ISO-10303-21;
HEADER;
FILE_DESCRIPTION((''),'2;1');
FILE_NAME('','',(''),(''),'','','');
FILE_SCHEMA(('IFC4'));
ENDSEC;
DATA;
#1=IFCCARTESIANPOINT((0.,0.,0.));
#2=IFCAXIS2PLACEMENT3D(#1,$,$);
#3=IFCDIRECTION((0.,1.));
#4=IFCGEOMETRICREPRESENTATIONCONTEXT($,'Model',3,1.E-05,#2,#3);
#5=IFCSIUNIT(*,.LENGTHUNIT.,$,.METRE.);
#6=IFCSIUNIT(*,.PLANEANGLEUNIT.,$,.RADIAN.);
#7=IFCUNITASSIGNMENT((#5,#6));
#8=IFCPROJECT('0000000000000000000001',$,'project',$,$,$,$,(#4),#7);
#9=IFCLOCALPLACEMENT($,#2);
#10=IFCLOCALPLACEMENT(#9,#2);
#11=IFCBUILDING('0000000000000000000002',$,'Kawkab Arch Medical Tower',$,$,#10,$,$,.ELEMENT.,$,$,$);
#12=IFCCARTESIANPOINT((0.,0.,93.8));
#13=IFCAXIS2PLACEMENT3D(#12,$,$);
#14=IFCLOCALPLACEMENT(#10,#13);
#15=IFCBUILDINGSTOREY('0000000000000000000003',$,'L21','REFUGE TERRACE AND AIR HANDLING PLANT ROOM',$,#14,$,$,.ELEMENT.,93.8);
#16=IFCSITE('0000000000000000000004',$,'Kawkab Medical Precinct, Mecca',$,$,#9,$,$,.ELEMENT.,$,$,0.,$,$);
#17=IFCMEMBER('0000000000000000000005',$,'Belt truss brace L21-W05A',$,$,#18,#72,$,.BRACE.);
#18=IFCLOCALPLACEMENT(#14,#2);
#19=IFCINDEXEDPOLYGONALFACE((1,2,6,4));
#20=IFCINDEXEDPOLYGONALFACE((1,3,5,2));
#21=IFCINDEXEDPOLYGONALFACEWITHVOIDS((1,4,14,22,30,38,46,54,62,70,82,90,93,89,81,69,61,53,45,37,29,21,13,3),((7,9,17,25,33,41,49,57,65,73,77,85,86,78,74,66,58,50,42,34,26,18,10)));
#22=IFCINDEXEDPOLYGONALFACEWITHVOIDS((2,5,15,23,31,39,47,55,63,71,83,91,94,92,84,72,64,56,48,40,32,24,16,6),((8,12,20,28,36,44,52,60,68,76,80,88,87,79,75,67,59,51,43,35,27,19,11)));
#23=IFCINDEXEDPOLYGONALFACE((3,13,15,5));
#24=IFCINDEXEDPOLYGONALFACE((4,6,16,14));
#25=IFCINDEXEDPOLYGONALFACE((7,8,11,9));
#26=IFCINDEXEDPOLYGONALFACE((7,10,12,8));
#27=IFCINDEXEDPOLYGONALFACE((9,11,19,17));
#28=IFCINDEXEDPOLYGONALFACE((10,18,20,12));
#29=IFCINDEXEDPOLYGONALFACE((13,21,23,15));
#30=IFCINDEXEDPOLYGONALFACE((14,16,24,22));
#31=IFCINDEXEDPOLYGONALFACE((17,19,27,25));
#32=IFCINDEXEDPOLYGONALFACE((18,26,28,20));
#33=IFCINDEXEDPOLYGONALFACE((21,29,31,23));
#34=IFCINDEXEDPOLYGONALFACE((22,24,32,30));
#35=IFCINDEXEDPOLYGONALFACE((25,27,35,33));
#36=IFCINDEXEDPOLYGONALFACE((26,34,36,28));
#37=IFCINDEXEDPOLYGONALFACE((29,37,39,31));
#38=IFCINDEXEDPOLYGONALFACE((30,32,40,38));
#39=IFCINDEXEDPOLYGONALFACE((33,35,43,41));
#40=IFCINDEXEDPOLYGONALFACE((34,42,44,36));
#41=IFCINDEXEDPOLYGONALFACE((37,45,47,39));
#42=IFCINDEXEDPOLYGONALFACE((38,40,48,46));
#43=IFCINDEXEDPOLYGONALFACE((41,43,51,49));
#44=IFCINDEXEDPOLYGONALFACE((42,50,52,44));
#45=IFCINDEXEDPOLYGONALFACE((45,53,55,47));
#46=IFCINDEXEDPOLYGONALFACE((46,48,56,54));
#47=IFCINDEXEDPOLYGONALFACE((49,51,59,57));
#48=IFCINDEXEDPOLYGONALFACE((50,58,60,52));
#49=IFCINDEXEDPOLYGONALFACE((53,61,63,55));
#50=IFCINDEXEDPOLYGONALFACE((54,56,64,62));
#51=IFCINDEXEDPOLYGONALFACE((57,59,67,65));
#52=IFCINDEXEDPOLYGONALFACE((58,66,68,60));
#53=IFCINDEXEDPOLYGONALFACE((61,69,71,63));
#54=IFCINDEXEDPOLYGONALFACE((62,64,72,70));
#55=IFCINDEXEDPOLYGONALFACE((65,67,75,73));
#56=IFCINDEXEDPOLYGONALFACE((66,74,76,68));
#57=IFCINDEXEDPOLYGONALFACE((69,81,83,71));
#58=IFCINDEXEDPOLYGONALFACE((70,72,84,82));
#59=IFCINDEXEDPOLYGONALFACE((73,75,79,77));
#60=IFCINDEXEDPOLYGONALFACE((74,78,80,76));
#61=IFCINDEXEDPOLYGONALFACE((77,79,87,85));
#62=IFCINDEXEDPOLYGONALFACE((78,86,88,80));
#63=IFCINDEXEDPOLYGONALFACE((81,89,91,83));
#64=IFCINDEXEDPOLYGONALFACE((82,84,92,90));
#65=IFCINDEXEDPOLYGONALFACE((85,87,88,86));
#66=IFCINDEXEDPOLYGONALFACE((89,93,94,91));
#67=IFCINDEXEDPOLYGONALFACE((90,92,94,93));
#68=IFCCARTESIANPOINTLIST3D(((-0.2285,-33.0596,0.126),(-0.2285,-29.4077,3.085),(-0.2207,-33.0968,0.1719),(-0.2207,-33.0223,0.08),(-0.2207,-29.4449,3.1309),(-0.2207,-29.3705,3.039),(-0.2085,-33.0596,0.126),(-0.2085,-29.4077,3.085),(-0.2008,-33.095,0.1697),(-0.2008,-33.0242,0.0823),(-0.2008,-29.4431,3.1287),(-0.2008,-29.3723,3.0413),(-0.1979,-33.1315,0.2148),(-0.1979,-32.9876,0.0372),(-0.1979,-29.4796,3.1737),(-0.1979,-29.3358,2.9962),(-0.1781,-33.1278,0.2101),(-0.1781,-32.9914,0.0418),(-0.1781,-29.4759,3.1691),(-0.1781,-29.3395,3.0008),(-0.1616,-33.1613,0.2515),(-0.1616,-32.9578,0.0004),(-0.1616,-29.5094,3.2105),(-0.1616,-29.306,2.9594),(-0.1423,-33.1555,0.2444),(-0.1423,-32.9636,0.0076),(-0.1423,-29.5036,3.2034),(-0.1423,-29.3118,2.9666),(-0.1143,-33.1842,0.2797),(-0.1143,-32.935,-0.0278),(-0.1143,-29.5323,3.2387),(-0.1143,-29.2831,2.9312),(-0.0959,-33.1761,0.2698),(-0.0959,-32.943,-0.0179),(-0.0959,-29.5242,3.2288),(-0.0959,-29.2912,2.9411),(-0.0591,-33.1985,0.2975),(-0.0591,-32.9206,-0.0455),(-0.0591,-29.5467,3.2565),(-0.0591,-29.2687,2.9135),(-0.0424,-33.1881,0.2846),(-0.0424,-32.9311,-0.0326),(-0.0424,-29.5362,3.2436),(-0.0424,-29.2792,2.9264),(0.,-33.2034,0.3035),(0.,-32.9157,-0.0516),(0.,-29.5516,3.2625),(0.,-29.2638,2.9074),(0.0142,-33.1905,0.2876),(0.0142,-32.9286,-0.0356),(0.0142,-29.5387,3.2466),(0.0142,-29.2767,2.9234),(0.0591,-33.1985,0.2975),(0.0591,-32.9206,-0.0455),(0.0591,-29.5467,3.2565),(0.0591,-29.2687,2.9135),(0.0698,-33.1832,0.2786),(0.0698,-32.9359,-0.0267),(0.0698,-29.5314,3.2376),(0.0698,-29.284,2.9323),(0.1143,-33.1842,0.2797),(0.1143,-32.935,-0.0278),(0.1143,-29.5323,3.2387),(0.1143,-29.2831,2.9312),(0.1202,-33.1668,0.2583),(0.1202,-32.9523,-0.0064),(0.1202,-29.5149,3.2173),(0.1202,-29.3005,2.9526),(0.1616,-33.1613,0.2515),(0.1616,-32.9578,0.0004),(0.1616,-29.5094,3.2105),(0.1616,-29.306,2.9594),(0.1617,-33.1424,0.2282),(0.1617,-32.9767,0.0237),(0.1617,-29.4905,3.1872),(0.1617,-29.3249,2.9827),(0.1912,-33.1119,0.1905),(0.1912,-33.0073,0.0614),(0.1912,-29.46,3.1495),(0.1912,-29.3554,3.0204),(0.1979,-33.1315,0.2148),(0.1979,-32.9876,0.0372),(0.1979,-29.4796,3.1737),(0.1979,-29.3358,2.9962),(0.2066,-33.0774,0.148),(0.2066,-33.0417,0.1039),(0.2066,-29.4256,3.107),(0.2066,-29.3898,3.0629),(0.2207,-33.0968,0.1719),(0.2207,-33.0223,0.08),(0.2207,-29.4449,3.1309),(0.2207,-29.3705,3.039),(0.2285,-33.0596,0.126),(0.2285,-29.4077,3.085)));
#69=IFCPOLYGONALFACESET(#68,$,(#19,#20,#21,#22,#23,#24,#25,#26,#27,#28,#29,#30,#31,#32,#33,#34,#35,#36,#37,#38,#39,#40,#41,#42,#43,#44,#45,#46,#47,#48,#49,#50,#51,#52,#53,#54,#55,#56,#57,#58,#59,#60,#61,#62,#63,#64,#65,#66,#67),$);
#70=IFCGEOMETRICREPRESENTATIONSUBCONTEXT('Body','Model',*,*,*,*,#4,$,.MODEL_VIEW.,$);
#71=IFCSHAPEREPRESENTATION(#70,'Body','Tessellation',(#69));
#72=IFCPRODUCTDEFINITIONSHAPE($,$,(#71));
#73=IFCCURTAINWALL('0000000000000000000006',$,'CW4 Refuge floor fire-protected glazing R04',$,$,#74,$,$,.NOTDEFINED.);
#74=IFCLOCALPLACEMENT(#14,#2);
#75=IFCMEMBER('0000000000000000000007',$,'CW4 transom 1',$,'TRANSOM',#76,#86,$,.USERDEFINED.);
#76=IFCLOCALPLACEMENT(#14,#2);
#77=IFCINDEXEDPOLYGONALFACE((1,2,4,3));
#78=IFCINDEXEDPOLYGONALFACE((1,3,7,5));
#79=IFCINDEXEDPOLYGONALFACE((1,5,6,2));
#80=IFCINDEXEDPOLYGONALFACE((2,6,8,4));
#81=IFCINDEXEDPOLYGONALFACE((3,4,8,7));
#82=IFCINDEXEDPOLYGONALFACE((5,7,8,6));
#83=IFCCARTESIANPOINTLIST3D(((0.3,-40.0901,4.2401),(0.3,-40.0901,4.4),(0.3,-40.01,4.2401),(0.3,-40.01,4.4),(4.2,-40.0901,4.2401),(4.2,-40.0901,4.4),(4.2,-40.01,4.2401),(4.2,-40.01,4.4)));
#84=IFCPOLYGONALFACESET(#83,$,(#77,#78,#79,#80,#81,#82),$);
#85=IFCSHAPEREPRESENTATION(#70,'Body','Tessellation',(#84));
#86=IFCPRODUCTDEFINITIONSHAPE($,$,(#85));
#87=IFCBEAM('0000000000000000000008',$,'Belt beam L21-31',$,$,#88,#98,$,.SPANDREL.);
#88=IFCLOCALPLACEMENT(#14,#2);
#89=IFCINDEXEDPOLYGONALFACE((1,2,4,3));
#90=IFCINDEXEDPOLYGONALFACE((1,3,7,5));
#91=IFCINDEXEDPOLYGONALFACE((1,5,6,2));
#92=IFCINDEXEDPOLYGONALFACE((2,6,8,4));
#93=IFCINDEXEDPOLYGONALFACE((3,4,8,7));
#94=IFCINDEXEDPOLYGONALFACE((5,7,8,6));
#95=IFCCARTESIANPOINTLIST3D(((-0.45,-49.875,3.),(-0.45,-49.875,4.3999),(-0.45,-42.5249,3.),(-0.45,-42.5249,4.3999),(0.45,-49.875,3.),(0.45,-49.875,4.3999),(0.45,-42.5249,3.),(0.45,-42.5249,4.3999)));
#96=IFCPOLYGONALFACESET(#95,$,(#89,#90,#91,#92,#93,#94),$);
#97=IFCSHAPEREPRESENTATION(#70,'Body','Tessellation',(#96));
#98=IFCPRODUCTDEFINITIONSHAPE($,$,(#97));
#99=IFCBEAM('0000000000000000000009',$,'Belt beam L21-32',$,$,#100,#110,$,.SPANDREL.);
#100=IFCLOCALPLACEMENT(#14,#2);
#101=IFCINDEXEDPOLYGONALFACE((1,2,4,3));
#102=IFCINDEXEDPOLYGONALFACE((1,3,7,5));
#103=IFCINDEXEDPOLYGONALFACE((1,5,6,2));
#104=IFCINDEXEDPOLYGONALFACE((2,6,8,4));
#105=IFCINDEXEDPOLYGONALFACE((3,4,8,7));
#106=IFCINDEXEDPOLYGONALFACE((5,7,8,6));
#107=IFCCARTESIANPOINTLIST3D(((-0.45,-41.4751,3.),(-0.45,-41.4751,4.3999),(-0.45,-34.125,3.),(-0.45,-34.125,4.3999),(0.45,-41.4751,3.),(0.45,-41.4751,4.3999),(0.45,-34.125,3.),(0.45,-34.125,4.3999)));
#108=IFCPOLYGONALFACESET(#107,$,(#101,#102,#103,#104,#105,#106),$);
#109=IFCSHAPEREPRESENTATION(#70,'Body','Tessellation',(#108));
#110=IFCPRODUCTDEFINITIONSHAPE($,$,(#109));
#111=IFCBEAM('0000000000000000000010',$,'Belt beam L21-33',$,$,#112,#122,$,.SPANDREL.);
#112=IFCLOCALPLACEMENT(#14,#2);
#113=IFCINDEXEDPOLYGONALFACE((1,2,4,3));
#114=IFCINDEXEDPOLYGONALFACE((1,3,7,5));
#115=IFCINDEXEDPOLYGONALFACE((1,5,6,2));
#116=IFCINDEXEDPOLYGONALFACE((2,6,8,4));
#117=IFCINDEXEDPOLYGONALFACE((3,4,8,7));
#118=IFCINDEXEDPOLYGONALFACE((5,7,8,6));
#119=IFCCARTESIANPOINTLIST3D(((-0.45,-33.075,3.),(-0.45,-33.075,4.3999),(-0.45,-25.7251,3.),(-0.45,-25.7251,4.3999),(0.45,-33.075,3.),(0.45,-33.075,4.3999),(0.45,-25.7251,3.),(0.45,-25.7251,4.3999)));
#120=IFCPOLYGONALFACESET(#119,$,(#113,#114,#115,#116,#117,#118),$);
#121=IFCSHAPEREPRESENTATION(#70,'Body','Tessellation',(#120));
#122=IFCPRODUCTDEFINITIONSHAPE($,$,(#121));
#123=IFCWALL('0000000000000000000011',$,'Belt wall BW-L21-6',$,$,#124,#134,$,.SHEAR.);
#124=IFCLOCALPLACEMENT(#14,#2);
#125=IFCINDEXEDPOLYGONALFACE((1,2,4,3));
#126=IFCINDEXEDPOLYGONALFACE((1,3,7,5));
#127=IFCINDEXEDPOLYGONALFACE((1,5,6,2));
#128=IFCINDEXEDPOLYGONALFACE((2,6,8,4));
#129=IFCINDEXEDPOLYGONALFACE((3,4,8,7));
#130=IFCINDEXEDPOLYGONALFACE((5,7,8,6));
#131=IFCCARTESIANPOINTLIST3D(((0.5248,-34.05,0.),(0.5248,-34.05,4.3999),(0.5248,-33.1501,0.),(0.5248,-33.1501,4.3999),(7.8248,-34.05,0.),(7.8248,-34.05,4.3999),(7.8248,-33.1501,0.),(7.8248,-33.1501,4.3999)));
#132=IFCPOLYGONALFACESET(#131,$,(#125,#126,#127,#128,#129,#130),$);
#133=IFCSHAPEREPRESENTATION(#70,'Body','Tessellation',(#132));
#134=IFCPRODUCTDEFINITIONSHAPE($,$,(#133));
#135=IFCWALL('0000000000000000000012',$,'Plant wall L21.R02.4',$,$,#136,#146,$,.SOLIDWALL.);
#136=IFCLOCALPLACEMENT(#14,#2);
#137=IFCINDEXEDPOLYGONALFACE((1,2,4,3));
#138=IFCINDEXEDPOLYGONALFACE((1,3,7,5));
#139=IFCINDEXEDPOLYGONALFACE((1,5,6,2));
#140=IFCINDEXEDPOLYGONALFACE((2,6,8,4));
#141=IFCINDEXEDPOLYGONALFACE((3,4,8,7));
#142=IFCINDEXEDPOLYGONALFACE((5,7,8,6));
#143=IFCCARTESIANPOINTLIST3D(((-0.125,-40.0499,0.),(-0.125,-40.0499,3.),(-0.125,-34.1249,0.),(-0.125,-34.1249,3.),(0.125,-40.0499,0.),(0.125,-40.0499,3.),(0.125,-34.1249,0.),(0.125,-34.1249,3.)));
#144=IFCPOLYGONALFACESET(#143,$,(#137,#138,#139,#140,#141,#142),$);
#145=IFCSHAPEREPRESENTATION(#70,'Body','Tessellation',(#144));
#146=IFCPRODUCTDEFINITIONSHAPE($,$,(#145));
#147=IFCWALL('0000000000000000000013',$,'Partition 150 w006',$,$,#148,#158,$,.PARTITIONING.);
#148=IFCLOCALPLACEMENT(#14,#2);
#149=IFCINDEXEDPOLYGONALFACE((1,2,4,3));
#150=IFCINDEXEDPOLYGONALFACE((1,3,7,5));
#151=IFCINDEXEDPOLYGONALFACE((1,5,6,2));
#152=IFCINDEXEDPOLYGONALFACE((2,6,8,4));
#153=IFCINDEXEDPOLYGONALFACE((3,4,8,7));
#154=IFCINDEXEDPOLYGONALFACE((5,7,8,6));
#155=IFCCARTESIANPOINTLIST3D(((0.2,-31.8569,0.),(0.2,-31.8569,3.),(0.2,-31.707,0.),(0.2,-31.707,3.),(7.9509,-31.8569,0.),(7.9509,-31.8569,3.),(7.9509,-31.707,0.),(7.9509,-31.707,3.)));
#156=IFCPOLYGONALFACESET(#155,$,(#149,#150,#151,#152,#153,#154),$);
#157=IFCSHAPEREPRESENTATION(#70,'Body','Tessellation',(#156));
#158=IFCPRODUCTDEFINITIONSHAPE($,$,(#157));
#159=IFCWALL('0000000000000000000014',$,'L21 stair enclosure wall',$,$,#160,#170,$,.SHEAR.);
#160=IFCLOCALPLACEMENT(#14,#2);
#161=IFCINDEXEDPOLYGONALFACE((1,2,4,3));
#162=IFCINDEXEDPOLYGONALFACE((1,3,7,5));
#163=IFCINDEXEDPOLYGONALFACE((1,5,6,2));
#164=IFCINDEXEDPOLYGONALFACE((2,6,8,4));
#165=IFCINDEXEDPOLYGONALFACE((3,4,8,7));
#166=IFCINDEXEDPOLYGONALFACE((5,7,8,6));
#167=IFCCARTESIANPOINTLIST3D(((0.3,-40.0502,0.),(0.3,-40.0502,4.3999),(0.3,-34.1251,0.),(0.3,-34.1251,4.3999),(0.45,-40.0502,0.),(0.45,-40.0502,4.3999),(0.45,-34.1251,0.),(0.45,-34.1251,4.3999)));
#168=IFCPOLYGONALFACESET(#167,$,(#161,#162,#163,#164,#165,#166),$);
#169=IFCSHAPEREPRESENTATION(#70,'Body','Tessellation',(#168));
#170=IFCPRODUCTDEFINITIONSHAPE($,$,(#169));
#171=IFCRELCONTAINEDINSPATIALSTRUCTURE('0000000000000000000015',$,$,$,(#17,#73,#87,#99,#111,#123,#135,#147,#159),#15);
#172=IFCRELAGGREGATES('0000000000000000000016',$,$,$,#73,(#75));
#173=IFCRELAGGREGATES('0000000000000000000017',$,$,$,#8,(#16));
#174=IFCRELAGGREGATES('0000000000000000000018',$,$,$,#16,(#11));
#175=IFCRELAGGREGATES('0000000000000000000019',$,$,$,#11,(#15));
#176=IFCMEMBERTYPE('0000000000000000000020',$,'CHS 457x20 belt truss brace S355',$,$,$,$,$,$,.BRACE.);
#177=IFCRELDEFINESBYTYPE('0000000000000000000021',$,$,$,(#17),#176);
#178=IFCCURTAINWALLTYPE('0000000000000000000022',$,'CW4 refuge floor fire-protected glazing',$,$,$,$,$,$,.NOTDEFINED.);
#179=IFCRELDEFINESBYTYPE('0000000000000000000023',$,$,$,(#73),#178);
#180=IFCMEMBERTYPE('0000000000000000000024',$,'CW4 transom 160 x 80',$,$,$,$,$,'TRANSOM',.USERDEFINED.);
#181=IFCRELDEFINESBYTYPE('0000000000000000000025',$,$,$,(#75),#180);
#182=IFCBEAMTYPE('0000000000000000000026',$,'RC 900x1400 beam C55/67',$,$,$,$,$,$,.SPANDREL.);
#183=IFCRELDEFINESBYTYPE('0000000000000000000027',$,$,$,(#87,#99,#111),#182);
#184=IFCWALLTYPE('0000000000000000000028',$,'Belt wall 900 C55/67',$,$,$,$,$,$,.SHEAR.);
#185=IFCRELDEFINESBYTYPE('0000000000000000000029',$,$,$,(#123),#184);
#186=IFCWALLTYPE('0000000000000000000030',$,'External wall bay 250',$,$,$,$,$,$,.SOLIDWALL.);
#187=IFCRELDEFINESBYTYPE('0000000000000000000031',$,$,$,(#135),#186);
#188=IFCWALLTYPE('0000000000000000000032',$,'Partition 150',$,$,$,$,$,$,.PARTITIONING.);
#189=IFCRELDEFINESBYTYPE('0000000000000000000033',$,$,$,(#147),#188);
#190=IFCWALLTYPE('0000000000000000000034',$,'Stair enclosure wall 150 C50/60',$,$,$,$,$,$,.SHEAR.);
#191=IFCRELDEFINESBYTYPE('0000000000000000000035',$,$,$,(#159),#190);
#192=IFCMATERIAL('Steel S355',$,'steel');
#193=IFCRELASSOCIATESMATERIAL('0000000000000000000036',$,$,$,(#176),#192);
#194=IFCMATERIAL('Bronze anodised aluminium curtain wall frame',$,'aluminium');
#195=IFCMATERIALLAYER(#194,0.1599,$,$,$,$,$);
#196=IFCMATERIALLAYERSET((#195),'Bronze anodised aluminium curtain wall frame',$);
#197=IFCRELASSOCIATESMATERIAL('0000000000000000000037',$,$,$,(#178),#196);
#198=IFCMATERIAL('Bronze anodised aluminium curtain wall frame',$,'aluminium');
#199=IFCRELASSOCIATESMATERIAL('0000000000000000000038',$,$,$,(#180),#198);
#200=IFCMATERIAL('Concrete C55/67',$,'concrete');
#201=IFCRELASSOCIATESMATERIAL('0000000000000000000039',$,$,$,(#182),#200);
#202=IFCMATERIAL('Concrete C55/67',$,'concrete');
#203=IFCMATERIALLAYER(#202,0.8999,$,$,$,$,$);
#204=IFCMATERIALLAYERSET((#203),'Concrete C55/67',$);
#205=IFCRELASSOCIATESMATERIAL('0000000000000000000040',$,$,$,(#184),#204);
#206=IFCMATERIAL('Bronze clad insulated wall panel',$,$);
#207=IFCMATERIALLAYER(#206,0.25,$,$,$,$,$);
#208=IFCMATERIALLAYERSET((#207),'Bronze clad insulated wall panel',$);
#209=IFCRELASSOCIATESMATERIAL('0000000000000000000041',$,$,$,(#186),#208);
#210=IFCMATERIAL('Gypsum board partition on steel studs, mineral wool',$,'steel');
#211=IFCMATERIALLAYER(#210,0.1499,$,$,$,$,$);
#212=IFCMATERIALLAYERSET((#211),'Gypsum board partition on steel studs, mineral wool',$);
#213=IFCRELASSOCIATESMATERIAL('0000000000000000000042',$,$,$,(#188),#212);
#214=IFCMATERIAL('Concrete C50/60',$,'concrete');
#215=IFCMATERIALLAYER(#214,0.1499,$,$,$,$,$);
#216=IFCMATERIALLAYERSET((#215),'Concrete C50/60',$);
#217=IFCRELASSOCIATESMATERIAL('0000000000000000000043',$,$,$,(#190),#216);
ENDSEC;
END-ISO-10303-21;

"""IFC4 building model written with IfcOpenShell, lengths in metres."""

from ifc_helpers import new_model, si_unit, direction, frame, frame_2d, origin, origin_2d, place, context, subcontext, project, spatial, rectangle, hollow_circle, extrude, material, layer, layer_set, material_profile, profile_set, type_object, element, aggregate, save


model = new_model("IFC4")

# Units and contexts
model_context = context("Model", 3, precision=1e-05, world=origin(), true_north=direction((0.0, 1.0)))
body_context = subcontext(model_context, "Body", "Model", "MODEL_VIEW")
ifc_project = project(units=[si_unit("LENGTHUNIT", "METRE"), si_unit("PLANEANGLEUNIT", "RADIAN")], contexts=[model_context])

# Site, building, storey
site_placement = place(None, origin())
site = spatial("IfcSite", under=ifc_project, at=site_placement, Name="Kawkab Medical Precinct, Mecca", CompositionType="ELEMENT", RefElevation=0.0)
building_placement = place(site_placement, origin())
building = spatial("IfcBuilding", under=site, at=building_placement, Name="Kawkab Arch Medical Tower", CompositionType="ELEMENT")
storey_placement = place(building_placement, frame((0.0, 0.0, 93.8)))
storey = spatial("IfcBuildingStorey", under=building, at=storey_placement, Name="L21", Description="REFUGE TERRACE AND AIR HANDLING PLANT ROOM", CompositionType="ELEMENT", Elevation=93.8)

# Member
ifc_material_1 = material(Name="Steel S355", Category="steel")
ifc_material_profile_1 = material_profile(ifc_material_1, hollow_circle(Radius=0.2285, WallThickness=0.02, at=origin_2d()), Name="CHS 457x20")
ifc_profile_set_1 = profile_set([ifc_material_profile_1], Name="Steel S355")
member_type_1 = type_object("IfcMemberType", Name="CHS 457x20 belt truss brace S355", PredefinedType="BRACE", material=ifc_profile_set_1)
member_1_placement = place(storey_placement, frame((0.0, -33.0596, 0.126), z_axis=(0.0, 0.776962, 0.629548), x_axis=(-1.0, 0.0, 0.0)))
element("IfcMember", 1, at=member_1_placement, inside=storey, type_object=member_type_1, Name="Belt truss brace L21-W05A", PredefinedType="BRACE", context=body_context, shape_type="SweptSolid", body=[
    extrude(hollow_circle(Radius=0.2285, WallThickness=0.02, at=origin_2d()), origin(), (0.0, 0.0, 1.0), 4.7002),
])

# Curtain wall, member
ifc_material_2 = material(Name="Bronze anodised aluminium curtain wall frame", Category="aluminium")
ifc_layer_1 = layer(ifc_material_2, 0.1599)
ifc_layer_set_1 = layer_set([ifc_layer_1], Name="Bronze anodised aluminium curtain wall frame")
curtain_wall_type = type_object("IfcCurtainWallType", Name="CW4 refuge floor fire-protected glazing", PredefinedType="NOTDEFINED", material=ifc_layer_set_1)
placement = place(storey_placement, origin())
curtain_wall = element("IfcCurtainWall", 2, at=placement, inside=storey, type_object=curtain_wall_type, Name="CW4 Refuge floor fire-protected glazing R04", PredefinedType="NOTDEFINED")
ifc_material_3 = material(Name="Bronze anodised aluminium curtain wall frame", Category="aluminium")
ifc_material_profile_2 = material_profile(ifc_material_3, rectangle(XDim=0.0801, YDim=0.1599, at=origin_2d()), Name="AL 80x160")
ifc_profile_set_2 = profile_set([ifc_material_profile_2], Name="Bronze anodised aluminium curtain wall frame")
member_type_2 = type_object("IfcMemberType", Name="CW4 transom 160 x 80", ElementType="TRANSOM", PredefinedType="USERDEFINED", material=ifc_profile_set_2)
member_2_placement = place(storey_placement, frame((0.3, -40.05, 4.3201), z_axis=(1.0, 0.0, 0.0), x_axis=(0.0, 1.0, 0.0)))
member_2 = element("IfcMember", 3, at=member_2_placement, type_object=member_type_2, Name="CW4 transom 1", ObjectType="TRANSOM", PredefinedType="USERDEFINED", context=body_context, shape_type="SweptSolid", body=[
    extrude(rectangle(XDim=0.0801, YDim=0.1599, at=origin_2d()), origin(), (0.0, 0.0, 1.0), 3.8999),
])
aggregate(curtain_wall, [member_2])

# Beams
ifc_material_4 = material(Name="Concrete C55/67", Category="concrete")
ifc_material_profile_3 = material_profile(ifc_material_4, rectangle(XDim=0.8999, YDim=1.3999, at=origin_2d()), Name="RC 900x1400")
ifc_profile_set_3 = profile_set([ifc_material_profile_3], Name="Concrete C55/67")
beam_type = type_object("IfcBeamType", Name="RC 900x1400 beam C55/67", PredefinedType="SPANDREL", material=ifc_profile_set_3)
for number, where, z_axis, x_axis, name in (
    (4, (0.0, -49.875, 3.7), (0.0, 1.0, 0.0), (-1.0, 0.0, 0.0), "Belt beam L21-31"),
    (5, (0.0, -41.4751, 3.7), (0.0, 1.0, 0.0), (-1.0, 0.0, 0.0), "Belt beam L21-32"),
):
    element("IfcBeam", number, at=place(storey_placement, frame(where, z_axis=z_axis, x_axis=x_axis)), inside=storey, type_object=beam_type, Name=name, PredefinedType="SPANDREL", context=body_context, shape_type="SweptSolid", body=[
        extrude(rectangle(XDim=0.8999, YDim=1.3999, at=origin_2d()), origin(), (0.0, 0.0, 1.0), 7.3501),
    ])
beam_placement = place(storey_placement, frame((0.0, -33.075, 3.7), z_axis=(0.0, 1.0, 0.0), x_axis=(-1.0, 0.0, 0.0)))
element("IfcBeam", 6, at=beam_placement, inside=storey, type_object=beam_type, Name="Belt beam L21-33", PredefinedType="SPANDREL", context=body_context, shape_type="SweptSolid", body=[
    extrude(rectangle(XDim=0.8999, YDim=1.3999, at=origin_2d()), origin(), (0.0, 0.0, 1.0), 7.3499),
])

# Walls
ifc_material_5 = material(Name="Concrete C55/67", Category="concrete")
ifc_layer_2 = layer(ifc_material_5, 0.8999)
ifc_layer_set_2 = layer_set([ifc_layer_2], Name="Concrete C55/67")
wall_type_1 = type_object("IfcWallType", Name="Belt wall 900 C55/67", PredefinedType="SHEAR", material=ifc_layer_set_2)
wall_1_placement = place(storey_placement, frame((0.5249, -33.6001, 0.0), z_axis=(0.0, 0.0, 1.0), x_axis=(1.0, 0.0, 0.0)))
element("IfcWall", 7, at=wall_1_placement, inside=storey, type_object=wall_type_1, Name="Belt wall BW-L21-6", PredefinedType="SHEAR", context=body_context, shape_type="SweptSolid", body=[
    extrude(rectangle(XDim=7.3, YDim=0.8999, at=frame_2d((3.6499, 0.0))), origin(), (0.0, 0.0, 1.0), 4.3999),
])
ifc_material_6 = material(Name="Bronze clad insulated wall panel")
ifc_layer_3 = layer(ifc_material_6, 0.25)
ifc_layer_set_3 = layer_set([ifc_layer_3], Name="Bronze clad insulated wall panel")
wall_type_2 = type_object("IfcWallType", Name="External wall bay 250", PredefinedType="SOLIDWALL", material=ifc_layer_set_3)
wall_2_placement = place(storey_placement, frame((0.0, -34.125, 0.0), z_axis=(0.0, 0.0, 1.0), x_axis=(0.0, -1.0, 0.0)))
element("IfcWall", 8, at=wall_2_placement, inside=storey, type_object=wall_type_2, Name="Plant wall L21.R02.4", PredefinedType="SOLIDWALL", context=body_context, shape_type="SweptSolid", body=[
    extrude(rectangle(XDim=5.925, YDim=0.25, at=frame_2d((2.9624, 0.0))), origin(), (0.0, 0.0, 1.0), 3.0),
])
ifc_material_7 = material(Name="Gypsum board partition on steel studs, mineral wool", Category="steel")
ifc_layer_4 = layer(ifc_material_7, 0.1499)
ifc_layer_set_4 = layer_set([ifc_layer_4], Name="Gypsum board partition on steel studs, mineral wool")
wall_type_3 = type_object("IfcWallType", Name="Partition 150", PredefinedType="PARTITIONING", material=ifc_layer_set_4)
wall_3_placement = place(storey_placement, frame((0.2, -31.782, 0.0), z_axis=(0.0, 0.0, 1.0), x_axis=(1.0, 0.0, 0.0)))
element("IfcWall", 9, at=wall_3_placement, inside=storey, type_object=wall_type_3, Name="Partition 150 w006", PredefinedType="PARTITIONING", context=body_context, shape_type="SweptSolid", body=[
    extrude(rectangle(XDim=7.751, YDim=0.1499, at=frame_2d((3.8755, 0.0))), origin(), (0.0, 0.0, 1.0), 3.0),
])
ifc_material_8 = material(Name="Concrete C50/60", Category="concrete")
ifc_layer_5 = layer(ifc_material_8, 0.1499)
ifc_layer_set_5 = layer_set([ifc_layer_5], Name="Concrete C50/60")
wall_type_4 = type_object("IfcWallType", Name="Stair enclosure wall 150 C50/60", PredefinedType="SHEAR", material=ifc_layer_set_5)
wall_4_placement = place(storey_placement, frame((0.375, -40.05, 0.0), z_axis=(0.0, 0.0, 1.0), x_axis=(0.0, 1.0, 0.0)))
element("IfcWall", 10, at=wall_4_placement, inside=storey, type_object=wall_type_4, Name="L21 stair enclosure wall", PredefinedType="SHEAR", context=body_context, shape_type="SweptSolid", body=[
    extrude(rectangle(XDim=5.925, YDim=0.1499, at=frame_2d((2.9624, 0.0))), origin(), (0.0, 0.0, 1.0), 4.3999),
])

save(model, "model.ifc")
